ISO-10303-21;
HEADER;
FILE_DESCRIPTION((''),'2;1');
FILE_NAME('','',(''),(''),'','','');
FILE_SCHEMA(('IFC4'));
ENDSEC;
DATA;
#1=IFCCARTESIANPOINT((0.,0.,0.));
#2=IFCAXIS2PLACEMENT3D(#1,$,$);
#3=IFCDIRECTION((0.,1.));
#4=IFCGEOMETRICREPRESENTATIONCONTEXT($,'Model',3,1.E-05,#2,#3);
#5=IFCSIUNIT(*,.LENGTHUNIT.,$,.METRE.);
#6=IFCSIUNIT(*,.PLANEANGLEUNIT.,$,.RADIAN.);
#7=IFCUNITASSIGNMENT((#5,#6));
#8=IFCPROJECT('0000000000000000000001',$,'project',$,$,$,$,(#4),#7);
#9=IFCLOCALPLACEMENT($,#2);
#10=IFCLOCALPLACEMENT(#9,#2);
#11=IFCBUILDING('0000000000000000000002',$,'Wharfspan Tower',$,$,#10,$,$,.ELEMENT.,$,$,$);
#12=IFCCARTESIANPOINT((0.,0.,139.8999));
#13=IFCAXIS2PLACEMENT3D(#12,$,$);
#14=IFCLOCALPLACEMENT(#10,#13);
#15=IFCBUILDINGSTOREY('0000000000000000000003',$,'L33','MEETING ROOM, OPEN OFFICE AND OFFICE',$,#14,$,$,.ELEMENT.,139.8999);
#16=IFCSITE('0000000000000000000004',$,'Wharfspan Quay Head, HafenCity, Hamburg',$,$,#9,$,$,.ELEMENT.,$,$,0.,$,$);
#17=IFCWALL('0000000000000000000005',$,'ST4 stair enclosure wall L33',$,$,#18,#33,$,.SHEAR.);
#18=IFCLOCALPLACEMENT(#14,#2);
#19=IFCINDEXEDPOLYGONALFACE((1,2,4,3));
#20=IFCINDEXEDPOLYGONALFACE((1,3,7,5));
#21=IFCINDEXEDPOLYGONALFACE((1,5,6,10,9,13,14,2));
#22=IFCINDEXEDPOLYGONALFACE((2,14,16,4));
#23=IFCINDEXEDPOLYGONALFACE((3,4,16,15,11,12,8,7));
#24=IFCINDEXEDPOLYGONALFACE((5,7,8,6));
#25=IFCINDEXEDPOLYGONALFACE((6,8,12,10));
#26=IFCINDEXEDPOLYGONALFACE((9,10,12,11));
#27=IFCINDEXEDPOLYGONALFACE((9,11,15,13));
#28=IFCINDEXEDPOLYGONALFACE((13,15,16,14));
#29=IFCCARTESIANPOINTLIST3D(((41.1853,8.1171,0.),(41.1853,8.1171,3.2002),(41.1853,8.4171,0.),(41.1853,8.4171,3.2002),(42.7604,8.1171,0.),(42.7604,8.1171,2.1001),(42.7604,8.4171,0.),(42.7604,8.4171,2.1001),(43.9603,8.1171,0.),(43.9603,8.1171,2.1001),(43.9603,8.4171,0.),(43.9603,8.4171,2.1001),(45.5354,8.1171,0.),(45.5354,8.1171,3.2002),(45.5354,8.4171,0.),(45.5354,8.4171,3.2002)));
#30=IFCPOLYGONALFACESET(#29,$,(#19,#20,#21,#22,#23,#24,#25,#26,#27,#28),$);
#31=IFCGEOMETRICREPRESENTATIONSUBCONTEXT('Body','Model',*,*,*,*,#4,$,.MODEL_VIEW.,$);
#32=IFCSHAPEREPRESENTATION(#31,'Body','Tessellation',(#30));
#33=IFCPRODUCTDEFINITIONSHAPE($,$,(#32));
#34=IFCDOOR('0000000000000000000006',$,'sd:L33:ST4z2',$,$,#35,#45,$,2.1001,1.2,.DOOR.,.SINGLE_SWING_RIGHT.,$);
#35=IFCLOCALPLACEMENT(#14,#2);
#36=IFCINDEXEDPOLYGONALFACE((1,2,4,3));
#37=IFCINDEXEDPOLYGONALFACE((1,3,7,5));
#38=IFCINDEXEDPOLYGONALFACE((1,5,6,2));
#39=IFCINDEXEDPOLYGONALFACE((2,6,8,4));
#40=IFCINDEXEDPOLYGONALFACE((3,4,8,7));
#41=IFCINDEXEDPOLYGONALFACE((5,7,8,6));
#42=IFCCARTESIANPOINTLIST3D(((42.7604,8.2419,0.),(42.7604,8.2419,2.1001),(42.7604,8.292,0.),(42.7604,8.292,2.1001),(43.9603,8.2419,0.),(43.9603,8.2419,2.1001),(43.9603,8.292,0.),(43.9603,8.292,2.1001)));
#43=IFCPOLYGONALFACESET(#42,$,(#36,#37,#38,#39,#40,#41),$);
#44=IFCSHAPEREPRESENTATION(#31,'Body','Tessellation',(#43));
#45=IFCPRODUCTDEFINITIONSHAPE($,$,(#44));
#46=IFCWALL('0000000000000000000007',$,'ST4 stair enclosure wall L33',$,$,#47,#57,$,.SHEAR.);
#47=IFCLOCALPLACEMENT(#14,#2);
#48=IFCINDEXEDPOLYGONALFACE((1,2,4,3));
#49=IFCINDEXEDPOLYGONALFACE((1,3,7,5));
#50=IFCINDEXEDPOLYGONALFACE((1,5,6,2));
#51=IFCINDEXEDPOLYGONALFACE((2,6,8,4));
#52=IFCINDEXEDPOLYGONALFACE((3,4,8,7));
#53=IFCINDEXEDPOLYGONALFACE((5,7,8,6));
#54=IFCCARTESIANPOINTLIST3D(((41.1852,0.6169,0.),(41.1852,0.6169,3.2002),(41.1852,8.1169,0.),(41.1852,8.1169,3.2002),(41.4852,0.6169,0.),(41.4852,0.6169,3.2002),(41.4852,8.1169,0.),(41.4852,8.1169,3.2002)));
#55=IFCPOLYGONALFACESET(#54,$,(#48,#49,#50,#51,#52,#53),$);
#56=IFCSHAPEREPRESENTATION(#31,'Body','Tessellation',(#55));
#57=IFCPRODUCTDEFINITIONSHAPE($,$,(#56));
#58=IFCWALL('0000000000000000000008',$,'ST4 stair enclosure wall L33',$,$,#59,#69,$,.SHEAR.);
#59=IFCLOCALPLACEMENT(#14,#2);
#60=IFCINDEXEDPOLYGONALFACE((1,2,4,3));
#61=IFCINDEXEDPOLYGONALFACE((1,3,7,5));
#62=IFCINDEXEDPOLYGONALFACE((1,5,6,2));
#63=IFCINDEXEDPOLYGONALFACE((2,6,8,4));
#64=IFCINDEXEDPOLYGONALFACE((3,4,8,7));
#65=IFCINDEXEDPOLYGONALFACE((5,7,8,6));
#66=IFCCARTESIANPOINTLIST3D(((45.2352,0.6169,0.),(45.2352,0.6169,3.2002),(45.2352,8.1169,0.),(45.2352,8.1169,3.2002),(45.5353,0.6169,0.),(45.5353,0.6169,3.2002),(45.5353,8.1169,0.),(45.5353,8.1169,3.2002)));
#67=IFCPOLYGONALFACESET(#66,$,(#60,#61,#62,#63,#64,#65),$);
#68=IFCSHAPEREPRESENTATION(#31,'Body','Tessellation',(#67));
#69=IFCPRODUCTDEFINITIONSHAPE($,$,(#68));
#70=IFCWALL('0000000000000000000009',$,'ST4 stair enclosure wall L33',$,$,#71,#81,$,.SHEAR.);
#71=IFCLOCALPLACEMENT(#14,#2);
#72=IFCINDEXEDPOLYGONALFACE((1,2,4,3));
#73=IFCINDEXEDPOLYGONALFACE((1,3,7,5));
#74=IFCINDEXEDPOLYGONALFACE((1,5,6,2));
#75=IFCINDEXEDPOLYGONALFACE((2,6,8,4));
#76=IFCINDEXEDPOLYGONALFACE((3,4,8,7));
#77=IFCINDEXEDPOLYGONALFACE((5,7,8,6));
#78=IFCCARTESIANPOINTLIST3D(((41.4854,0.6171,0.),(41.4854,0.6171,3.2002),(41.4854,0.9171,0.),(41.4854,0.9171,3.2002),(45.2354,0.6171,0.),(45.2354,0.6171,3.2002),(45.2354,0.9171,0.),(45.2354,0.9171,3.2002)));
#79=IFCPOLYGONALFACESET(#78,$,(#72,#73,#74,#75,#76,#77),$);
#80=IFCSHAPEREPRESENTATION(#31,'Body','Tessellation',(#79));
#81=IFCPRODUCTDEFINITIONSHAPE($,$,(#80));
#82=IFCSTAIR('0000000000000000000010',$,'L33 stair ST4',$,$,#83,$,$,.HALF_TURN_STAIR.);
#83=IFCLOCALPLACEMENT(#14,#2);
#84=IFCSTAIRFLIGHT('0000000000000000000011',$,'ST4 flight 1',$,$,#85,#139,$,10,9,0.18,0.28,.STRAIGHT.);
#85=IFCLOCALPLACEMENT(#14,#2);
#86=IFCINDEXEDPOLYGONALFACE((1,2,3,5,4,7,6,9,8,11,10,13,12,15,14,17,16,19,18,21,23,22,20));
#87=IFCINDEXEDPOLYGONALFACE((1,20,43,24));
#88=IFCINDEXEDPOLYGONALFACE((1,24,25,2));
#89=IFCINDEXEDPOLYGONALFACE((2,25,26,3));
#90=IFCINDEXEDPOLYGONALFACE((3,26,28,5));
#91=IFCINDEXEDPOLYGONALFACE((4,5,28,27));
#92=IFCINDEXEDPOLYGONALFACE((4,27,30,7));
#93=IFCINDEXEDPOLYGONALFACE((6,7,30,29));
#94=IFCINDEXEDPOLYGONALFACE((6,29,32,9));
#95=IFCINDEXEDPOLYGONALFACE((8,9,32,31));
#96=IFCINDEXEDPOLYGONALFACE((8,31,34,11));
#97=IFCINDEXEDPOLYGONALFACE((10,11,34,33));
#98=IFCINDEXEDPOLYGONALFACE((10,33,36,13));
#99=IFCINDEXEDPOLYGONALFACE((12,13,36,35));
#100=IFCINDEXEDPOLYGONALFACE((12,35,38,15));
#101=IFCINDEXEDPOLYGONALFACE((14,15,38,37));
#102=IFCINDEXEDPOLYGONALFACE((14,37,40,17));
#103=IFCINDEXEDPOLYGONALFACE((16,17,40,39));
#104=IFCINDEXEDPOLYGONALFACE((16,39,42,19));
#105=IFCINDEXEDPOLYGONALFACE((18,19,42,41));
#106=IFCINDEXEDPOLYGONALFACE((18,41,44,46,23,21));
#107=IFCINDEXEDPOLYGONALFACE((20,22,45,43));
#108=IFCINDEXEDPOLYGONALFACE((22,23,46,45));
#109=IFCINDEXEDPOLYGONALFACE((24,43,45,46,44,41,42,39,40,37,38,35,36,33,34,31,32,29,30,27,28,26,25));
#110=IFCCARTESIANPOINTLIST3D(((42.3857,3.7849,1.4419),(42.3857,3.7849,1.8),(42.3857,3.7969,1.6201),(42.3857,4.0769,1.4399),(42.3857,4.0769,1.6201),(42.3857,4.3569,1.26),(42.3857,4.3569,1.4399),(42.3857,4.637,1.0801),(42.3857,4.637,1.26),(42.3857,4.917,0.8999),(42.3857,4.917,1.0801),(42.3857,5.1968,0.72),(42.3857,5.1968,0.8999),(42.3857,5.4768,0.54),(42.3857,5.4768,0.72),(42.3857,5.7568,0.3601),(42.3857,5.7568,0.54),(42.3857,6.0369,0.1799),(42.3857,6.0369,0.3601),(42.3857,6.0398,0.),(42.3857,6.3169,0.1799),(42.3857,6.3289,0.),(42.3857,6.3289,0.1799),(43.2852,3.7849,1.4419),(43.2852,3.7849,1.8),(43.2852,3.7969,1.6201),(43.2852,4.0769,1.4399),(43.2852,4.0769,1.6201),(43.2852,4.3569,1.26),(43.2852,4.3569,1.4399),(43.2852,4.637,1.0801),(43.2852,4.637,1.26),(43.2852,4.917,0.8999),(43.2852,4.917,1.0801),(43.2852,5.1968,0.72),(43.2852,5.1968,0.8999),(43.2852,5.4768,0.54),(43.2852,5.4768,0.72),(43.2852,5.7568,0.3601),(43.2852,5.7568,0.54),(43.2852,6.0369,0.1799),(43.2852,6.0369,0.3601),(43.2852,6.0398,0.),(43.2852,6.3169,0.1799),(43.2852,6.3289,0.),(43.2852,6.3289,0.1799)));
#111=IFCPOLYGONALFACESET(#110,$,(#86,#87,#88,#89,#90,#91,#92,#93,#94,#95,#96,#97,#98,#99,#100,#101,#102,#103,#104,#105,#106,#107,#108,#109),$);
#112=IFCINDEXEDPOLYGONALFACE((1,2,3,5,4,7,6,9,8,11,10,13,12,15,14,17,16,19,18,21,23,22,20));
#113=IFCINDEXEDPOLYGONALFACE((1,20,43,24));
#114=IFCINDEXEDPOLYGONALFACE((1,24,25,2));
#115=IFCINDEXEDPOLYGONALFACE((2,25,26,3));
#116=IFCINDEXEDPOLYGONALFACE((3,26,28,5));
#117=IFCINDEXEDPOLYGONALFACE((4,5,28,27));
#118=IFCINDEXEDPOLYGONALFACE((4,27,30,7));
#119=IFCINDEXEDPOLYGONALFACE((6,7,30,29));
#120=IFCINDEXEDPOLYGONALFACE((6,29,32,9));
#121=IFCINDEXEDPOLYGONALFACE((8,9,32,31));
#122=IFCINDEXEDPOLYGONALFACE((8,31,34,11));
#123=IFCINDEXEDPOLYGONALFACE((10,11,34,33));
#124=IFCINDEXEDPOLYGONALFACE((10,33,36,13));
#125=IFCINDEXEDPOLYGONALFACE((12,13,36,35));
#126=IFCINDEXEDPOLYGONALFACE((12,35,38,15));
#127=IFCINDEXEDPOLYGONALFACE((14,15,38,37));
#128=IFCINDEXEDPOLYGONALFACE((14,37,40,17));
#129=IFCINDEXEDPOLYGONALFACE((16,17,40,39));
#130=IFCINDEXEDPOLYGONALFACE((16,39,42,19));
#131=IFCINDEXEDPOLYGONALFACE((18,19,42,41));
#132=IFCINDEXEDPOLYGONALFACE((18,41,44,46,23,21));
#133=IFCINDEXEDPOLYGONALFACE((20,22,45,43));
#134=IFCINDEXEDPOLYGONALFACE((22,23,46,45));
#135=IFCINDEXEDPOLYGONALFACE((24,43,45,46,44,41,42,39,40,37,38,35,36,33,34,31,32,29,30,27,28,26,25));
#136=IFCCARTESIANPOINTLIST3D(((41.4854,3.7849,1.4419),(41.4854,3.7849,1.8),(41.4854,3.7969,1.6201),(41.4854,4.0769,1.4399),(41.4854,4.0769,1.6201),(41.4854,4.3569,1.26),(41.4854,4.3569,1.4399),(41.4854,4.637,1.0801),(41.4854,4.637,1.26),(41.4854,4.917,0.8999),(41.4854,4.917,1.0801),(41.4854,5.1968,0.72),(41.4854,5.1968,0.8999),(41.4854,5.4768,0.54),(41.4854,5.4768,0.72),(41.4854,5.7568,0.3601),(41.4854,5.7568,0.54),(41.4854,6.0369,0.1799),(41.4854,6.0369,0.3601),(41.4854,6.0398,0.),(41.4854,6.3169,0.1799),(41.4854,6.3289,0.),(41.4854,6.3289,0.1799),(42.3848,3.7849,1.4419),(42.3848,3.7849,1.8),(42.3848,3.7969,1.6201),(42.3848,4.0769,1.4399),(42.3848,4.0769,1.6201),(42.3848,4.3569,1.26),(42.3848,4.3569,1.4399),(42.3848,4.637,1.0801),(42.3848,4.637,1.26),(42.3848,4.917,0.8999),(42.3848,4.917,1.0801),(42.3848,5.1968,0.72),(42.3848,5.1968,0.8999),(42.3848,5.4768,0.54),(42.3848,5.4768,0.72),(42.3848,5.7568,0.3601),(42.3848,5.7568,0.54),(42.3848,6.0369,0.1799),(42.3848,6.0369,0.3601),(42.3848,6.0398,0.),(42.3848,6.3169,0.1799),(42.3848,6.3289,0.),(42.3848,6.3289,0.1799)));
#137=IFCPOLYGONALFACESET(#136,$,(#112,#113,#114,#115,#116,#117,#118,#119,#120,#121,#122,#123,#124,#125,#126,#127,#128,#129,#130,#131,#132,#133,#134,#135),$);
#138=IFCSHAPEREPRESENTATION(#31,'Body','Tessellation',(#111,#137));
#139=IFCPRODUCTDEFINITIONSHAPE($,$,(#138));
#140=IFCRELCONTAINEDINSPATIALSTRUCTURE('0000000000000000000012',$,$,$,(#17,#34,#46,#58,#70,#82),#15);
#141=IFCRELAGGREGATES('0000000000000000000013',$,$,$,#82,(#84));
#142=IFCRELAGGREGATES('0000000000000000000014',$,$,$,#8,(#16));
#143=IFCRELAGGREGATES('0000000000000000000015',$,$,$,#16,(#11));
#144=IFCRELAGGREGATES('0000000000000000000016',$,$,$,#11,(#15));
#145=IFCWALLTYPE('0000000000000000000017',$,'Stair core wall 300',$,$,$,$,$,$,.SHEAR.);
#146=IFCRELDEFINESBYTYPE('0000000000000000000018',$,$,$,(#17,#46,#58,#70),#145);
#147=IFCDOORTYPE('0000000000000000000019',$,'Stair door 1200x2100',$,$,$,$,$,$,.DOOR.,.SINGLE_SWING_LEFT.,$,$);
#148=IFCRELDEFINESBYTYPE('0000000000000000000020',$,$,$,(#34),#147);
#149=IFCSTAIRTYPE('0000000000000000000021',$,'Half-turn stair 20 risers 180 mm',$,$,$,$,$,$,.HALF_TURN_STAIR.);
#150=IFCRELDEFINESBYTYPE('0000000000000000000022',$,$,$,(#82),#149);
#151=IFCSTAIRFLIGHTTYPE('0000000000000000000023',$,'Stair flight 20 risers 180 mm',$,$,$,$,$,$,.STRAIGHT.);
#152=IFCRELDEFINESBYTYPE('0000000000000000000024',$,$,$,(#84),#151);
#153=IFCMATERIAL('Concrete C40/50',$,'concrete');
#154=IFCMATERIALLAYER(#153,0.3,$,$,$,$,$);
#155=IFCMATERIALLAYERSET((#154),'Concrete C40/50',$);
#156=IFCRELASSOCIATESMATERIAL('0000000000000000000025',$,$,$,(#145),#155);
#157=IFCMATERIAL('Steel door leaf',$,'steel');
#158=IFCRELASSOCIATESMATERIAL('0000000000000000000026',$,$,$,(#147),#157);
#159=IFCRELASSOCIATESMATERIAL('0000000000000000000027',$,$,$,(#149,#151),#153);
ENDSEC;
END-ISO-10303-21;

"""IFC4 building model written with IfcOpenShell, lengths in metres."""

from ifc_helpers import new_model, si_unit, direction, frame, frame_2d, origin, place, context, subcontext, project, spatial, polyline, rectangle, outline, extrude, material, layer, layer_set, type_object, element, fill, aggregate, save


model = new_model("IFC4")

# Units and contexts
model_context = context("Model", 3, precision=1e-05, world=origin(), true_north=direction((0.0, 1.0)))
body_context = subcontext(model_context, "Body", "Model", "MODEL_VIEW")
ifc_project = project(units=[si_unit("LENGTHUNIT", "METRE"), si_unit("PLANEANGLEUNIT", "RADIAN")], contexts=[model_context])

# Site, building, storey
site_placement = place(None, origin())
site = spatial("IfcSite", under=ifc_project, at=site_placement, Name="Wharfspan Quay Head, HafenCity, Hamburg", CompositionType="ELEMENT", RefElevation=0.0)
building_placement = place(site_placement, origin())
building = spatial("IfcBuilding", under=site, at=building_placement, Name="Wharfspan Tower", CompositionType="ELEMENT")
storey_placement = place(building_placement, frame((0.0, 0.0, 139.8999)))
storey = spatial("IfcBuildingStorey", under=building, at=storey_placement, Name="L33", Description="MEETING ROOM, OPEN OFFICE AND OFFICE", CompositionType="ELEMENT", Elevation=139.8999)

# Shared definitions
ifc_material_1 = material(Name="Concrete C40/50", Category="concrete")

# Wall, opening, door
ifc_layer_1 = layer(ifc_material_1, 0.3)
ifc_layer_set_1 = layer_set([ifc_layer_1], Name="Concrete C40/50")
wall_type_1 = type_object("IfcWallType", Name="Stair core wall 300", PredefinedType="SHEAR", material=ifc_layer_set_1)
wall_1_placement = place(storey_placement, frame((41.1853, 8.2671, 0.0), z_axis=(0.0, 0.0, 1.0), x_axis=(1.0, 0.0, 0.0)))
wall_1 = element("IfcWall", 1, at=wall_1_placement, inside=storey, type_object=wall_type_1, Name="ST4 stair enclosure wall L33", PredefinedType="SHEAR", context=body_context, shape_type="SweptSolid", body=[
    extrude(rectangle(XDim=4.3501, YDim=0.3, at=frame_2d((2.175, 0.0))), origin(), (0.0, 0.0, 1.0), 3.2002),
])
opening_1_placement = place(wall_1_placement, frame((1.575, 0.0, 0.0)))
opening_1 = element("IfcOpeningElement", 2, at=opening_1_placement, cuts=wall_1, PredefinedType="OPENING", context=body_context, shape_type="SweptSolid", body=[
    extrude(rectangle(XDim=1.2, YDim=2.1001, at=frame_2d((0.6001, 1.05))), frame((0.0, 0.1599, 0.0), z_axis=(0.0, -1.0, 0.0), x_axis=(1.0, 0.0, 0.0)), (0.0, 0.0, 1.0), 0.3201),
])
ifc_material_2 = material(Name="Steel door leaf", Category="steel")
door_type_1 = type_object("IfcDoorType", Name="Stair door 1200x2100", OperationType="SINGLE_SWING_LEFT", PredefinedType="DOOR", material=ifc_material_2)
door_1_placement = place(opening_1_placement, origin())
door_1 = element("IfcDoor", 3, at=door_1_placement, inside=storey, type_object=door_type_1, Name="sd:L33:ST4z2", OperationType="SINGLE_SWING_RIGHT", OverallHeight=2.1001, OverallWidth=1.2, PredefinedType="DOOR", context=body_context, shape_type="SweptSolid", body=[
    extrude(rectangle(XDim=1.2, YDim=2.1001, at=frame_2d((0.6001, 1.05))), frame((0.0, 0.0249, 0.0), z_axis=(0.0, -1.0, 0.0), x_axis=(1.0, 0.0, 0.0)), (0.0, 0.0, 1.0), 0.05),
])
fill(opening_1, door_1)

# Walls
for number, where, z_axis, x_axis, name in (
    (4, (41.3352, 0.6169, 0.0), (0.0, 0.0, 1.0), (0.0, 1.0, 0.0), "ST4 stair enclosure wall L33"),
    (5, (45.3853, 0.6169, 0.0), (0.0, 0.0, 1.0), (0.0, 1.0, 0.0), "ST4 stair enclosure wall L33"),
):
    element("IfcWall", number, at=place(storey_placement, frame(where, z_axis=z_axis, x_axis=x_axis)), inside=storey, type_object=wall_type_1, Name=name, PredefinedType="SHEAR", context=body_context, shape_type="SweptSolid", body=[
        extrude(rectangle(XDim=7.5, YDim=0.3, at=frame_2d((3.75, 0.0))), origin(), (0.0, 0.0, 1.0), 3.2002),
    ])
wall_2_placement = place(storey_placement, frame((41.4854, 0.7671, 0.0), z_axis=(0.0, 0.0, 1.0), x_axis=(1.0, 0.0, 0.0)))
element("IfcWall", 6, at=wall_2_placement, inside=storey, type_object=wall_type_1, Name="ST4 stair enclosure wall L33", PredefinedType="SHEAR", context=body_context, shape_type="SweptSolid", body=[
    extrude(rectangle(XDim=3.75, YDim=0.3, at=frame_2d((1.875, 0.0))), origin(), (0.0, 0.0, 1.0), 3.2002),
])

# Stair, stair flight
stair_type = type_object("IfcStairType", Name="Half-turn stair 20 risers 180 mm", PredefinedType="HALF_TURN_STAIR", material=ifc_material_1)
stair_placement = place(storey_placement, origin())
stair = element("IfcStair", 7, at=stair_placement, inside=storey, type_object=stair_type, Name="L33 stair ST4", PredefinedType="HALF_TURN_STAIR")
stair_flight_type = type_object("IfcStairFlightType", Name="Stair flight 20 risers 180 mm", PredefinedType="STRAIGHT", material=ifc_material_1)
stair_flight_1_placement = place(storey_placement, frame((42.3853, 6.3169, 0.0), z_axis=(0.0, 0.0, 1.0), x_axis=(0.0, -1.0, 0.0)))
stair_flight_1 = element("IfcStairFlight", 8, at=stair_flight_1_placement, type_object=stair_flight_type, Name="ST4 flight 1", NumberOfRisers=10, NumberOfTreads=9, PredefinedType="STRAIGHT", RiserHeight=0.18, TreadLength=0.28, context=body_context, shape_type="SweptSolid", body=[
    extrude(outline(polyline([(-0.012, 0.0), (-0.012, 0.1799), (0.0, 0.1799), (0.28, 0.1799), (0.28, 0.3601), (0.5601, 0.3601), (0.5601, 0.54), (0.8401, 0.54), (0.8401, 0.72), (1.1201, 0.72), (1.1201, 0.8999), (1.3999, 0.8999), (1.3999, 1.0801), (1.6799, 1.0801), (1.6799, 1.26), (1.96, 1.26), (1.96, 1.4399), (2.24, 1.4399), (2.24, 1.6201), (2.52, 1.6201), (2.532, 1.8), (2.532, 1.4419), (0.2771, 0.0), (-0.012, 0.0)])), frame((0.0, 0.8999, 0.0), z_axis=(0.0, -1.0, 0.0), x_axis=(1.0, 0.0, 0.0)), (0.0, 0.0, 1.0), 0.8994),
    extrude(outline(polyline([(-0.012, 0.0), (-0.012, 0.1799), (0.0, 0.1799), (0.28, 0.1799), (0.28, 0.3601), (0.5601, 0.3601), (0.5601, 0.54), (0.8401, 0.54), (0.8401, 0.72), (1.1201, 0.72), (1.1201, 0.8999), (1.3999, 0.8999), (1.3999, 1.0801), (1.6799, 1.0801), (1.6799, 1.26), (1.96, 1.26), (1.96, 1.4399), (2.24, 1.4399), (2.24, 1.6201), (2.52, 1.6201), (2.532, 1.8), (2.532, 1.4419), (0.2771, 0.0), (-0.012, 0.0)])), frame((0.0, -0.0005, 0.0), z_axis=(0.0, -1.0, 0.0), x_axis=(1.0, 0.0, 0.0)), (0.0, 0.0, 1.0), 0.8994),
])
aggregate(stair, [stair_flight_1])

save(model, "model.ifc")
